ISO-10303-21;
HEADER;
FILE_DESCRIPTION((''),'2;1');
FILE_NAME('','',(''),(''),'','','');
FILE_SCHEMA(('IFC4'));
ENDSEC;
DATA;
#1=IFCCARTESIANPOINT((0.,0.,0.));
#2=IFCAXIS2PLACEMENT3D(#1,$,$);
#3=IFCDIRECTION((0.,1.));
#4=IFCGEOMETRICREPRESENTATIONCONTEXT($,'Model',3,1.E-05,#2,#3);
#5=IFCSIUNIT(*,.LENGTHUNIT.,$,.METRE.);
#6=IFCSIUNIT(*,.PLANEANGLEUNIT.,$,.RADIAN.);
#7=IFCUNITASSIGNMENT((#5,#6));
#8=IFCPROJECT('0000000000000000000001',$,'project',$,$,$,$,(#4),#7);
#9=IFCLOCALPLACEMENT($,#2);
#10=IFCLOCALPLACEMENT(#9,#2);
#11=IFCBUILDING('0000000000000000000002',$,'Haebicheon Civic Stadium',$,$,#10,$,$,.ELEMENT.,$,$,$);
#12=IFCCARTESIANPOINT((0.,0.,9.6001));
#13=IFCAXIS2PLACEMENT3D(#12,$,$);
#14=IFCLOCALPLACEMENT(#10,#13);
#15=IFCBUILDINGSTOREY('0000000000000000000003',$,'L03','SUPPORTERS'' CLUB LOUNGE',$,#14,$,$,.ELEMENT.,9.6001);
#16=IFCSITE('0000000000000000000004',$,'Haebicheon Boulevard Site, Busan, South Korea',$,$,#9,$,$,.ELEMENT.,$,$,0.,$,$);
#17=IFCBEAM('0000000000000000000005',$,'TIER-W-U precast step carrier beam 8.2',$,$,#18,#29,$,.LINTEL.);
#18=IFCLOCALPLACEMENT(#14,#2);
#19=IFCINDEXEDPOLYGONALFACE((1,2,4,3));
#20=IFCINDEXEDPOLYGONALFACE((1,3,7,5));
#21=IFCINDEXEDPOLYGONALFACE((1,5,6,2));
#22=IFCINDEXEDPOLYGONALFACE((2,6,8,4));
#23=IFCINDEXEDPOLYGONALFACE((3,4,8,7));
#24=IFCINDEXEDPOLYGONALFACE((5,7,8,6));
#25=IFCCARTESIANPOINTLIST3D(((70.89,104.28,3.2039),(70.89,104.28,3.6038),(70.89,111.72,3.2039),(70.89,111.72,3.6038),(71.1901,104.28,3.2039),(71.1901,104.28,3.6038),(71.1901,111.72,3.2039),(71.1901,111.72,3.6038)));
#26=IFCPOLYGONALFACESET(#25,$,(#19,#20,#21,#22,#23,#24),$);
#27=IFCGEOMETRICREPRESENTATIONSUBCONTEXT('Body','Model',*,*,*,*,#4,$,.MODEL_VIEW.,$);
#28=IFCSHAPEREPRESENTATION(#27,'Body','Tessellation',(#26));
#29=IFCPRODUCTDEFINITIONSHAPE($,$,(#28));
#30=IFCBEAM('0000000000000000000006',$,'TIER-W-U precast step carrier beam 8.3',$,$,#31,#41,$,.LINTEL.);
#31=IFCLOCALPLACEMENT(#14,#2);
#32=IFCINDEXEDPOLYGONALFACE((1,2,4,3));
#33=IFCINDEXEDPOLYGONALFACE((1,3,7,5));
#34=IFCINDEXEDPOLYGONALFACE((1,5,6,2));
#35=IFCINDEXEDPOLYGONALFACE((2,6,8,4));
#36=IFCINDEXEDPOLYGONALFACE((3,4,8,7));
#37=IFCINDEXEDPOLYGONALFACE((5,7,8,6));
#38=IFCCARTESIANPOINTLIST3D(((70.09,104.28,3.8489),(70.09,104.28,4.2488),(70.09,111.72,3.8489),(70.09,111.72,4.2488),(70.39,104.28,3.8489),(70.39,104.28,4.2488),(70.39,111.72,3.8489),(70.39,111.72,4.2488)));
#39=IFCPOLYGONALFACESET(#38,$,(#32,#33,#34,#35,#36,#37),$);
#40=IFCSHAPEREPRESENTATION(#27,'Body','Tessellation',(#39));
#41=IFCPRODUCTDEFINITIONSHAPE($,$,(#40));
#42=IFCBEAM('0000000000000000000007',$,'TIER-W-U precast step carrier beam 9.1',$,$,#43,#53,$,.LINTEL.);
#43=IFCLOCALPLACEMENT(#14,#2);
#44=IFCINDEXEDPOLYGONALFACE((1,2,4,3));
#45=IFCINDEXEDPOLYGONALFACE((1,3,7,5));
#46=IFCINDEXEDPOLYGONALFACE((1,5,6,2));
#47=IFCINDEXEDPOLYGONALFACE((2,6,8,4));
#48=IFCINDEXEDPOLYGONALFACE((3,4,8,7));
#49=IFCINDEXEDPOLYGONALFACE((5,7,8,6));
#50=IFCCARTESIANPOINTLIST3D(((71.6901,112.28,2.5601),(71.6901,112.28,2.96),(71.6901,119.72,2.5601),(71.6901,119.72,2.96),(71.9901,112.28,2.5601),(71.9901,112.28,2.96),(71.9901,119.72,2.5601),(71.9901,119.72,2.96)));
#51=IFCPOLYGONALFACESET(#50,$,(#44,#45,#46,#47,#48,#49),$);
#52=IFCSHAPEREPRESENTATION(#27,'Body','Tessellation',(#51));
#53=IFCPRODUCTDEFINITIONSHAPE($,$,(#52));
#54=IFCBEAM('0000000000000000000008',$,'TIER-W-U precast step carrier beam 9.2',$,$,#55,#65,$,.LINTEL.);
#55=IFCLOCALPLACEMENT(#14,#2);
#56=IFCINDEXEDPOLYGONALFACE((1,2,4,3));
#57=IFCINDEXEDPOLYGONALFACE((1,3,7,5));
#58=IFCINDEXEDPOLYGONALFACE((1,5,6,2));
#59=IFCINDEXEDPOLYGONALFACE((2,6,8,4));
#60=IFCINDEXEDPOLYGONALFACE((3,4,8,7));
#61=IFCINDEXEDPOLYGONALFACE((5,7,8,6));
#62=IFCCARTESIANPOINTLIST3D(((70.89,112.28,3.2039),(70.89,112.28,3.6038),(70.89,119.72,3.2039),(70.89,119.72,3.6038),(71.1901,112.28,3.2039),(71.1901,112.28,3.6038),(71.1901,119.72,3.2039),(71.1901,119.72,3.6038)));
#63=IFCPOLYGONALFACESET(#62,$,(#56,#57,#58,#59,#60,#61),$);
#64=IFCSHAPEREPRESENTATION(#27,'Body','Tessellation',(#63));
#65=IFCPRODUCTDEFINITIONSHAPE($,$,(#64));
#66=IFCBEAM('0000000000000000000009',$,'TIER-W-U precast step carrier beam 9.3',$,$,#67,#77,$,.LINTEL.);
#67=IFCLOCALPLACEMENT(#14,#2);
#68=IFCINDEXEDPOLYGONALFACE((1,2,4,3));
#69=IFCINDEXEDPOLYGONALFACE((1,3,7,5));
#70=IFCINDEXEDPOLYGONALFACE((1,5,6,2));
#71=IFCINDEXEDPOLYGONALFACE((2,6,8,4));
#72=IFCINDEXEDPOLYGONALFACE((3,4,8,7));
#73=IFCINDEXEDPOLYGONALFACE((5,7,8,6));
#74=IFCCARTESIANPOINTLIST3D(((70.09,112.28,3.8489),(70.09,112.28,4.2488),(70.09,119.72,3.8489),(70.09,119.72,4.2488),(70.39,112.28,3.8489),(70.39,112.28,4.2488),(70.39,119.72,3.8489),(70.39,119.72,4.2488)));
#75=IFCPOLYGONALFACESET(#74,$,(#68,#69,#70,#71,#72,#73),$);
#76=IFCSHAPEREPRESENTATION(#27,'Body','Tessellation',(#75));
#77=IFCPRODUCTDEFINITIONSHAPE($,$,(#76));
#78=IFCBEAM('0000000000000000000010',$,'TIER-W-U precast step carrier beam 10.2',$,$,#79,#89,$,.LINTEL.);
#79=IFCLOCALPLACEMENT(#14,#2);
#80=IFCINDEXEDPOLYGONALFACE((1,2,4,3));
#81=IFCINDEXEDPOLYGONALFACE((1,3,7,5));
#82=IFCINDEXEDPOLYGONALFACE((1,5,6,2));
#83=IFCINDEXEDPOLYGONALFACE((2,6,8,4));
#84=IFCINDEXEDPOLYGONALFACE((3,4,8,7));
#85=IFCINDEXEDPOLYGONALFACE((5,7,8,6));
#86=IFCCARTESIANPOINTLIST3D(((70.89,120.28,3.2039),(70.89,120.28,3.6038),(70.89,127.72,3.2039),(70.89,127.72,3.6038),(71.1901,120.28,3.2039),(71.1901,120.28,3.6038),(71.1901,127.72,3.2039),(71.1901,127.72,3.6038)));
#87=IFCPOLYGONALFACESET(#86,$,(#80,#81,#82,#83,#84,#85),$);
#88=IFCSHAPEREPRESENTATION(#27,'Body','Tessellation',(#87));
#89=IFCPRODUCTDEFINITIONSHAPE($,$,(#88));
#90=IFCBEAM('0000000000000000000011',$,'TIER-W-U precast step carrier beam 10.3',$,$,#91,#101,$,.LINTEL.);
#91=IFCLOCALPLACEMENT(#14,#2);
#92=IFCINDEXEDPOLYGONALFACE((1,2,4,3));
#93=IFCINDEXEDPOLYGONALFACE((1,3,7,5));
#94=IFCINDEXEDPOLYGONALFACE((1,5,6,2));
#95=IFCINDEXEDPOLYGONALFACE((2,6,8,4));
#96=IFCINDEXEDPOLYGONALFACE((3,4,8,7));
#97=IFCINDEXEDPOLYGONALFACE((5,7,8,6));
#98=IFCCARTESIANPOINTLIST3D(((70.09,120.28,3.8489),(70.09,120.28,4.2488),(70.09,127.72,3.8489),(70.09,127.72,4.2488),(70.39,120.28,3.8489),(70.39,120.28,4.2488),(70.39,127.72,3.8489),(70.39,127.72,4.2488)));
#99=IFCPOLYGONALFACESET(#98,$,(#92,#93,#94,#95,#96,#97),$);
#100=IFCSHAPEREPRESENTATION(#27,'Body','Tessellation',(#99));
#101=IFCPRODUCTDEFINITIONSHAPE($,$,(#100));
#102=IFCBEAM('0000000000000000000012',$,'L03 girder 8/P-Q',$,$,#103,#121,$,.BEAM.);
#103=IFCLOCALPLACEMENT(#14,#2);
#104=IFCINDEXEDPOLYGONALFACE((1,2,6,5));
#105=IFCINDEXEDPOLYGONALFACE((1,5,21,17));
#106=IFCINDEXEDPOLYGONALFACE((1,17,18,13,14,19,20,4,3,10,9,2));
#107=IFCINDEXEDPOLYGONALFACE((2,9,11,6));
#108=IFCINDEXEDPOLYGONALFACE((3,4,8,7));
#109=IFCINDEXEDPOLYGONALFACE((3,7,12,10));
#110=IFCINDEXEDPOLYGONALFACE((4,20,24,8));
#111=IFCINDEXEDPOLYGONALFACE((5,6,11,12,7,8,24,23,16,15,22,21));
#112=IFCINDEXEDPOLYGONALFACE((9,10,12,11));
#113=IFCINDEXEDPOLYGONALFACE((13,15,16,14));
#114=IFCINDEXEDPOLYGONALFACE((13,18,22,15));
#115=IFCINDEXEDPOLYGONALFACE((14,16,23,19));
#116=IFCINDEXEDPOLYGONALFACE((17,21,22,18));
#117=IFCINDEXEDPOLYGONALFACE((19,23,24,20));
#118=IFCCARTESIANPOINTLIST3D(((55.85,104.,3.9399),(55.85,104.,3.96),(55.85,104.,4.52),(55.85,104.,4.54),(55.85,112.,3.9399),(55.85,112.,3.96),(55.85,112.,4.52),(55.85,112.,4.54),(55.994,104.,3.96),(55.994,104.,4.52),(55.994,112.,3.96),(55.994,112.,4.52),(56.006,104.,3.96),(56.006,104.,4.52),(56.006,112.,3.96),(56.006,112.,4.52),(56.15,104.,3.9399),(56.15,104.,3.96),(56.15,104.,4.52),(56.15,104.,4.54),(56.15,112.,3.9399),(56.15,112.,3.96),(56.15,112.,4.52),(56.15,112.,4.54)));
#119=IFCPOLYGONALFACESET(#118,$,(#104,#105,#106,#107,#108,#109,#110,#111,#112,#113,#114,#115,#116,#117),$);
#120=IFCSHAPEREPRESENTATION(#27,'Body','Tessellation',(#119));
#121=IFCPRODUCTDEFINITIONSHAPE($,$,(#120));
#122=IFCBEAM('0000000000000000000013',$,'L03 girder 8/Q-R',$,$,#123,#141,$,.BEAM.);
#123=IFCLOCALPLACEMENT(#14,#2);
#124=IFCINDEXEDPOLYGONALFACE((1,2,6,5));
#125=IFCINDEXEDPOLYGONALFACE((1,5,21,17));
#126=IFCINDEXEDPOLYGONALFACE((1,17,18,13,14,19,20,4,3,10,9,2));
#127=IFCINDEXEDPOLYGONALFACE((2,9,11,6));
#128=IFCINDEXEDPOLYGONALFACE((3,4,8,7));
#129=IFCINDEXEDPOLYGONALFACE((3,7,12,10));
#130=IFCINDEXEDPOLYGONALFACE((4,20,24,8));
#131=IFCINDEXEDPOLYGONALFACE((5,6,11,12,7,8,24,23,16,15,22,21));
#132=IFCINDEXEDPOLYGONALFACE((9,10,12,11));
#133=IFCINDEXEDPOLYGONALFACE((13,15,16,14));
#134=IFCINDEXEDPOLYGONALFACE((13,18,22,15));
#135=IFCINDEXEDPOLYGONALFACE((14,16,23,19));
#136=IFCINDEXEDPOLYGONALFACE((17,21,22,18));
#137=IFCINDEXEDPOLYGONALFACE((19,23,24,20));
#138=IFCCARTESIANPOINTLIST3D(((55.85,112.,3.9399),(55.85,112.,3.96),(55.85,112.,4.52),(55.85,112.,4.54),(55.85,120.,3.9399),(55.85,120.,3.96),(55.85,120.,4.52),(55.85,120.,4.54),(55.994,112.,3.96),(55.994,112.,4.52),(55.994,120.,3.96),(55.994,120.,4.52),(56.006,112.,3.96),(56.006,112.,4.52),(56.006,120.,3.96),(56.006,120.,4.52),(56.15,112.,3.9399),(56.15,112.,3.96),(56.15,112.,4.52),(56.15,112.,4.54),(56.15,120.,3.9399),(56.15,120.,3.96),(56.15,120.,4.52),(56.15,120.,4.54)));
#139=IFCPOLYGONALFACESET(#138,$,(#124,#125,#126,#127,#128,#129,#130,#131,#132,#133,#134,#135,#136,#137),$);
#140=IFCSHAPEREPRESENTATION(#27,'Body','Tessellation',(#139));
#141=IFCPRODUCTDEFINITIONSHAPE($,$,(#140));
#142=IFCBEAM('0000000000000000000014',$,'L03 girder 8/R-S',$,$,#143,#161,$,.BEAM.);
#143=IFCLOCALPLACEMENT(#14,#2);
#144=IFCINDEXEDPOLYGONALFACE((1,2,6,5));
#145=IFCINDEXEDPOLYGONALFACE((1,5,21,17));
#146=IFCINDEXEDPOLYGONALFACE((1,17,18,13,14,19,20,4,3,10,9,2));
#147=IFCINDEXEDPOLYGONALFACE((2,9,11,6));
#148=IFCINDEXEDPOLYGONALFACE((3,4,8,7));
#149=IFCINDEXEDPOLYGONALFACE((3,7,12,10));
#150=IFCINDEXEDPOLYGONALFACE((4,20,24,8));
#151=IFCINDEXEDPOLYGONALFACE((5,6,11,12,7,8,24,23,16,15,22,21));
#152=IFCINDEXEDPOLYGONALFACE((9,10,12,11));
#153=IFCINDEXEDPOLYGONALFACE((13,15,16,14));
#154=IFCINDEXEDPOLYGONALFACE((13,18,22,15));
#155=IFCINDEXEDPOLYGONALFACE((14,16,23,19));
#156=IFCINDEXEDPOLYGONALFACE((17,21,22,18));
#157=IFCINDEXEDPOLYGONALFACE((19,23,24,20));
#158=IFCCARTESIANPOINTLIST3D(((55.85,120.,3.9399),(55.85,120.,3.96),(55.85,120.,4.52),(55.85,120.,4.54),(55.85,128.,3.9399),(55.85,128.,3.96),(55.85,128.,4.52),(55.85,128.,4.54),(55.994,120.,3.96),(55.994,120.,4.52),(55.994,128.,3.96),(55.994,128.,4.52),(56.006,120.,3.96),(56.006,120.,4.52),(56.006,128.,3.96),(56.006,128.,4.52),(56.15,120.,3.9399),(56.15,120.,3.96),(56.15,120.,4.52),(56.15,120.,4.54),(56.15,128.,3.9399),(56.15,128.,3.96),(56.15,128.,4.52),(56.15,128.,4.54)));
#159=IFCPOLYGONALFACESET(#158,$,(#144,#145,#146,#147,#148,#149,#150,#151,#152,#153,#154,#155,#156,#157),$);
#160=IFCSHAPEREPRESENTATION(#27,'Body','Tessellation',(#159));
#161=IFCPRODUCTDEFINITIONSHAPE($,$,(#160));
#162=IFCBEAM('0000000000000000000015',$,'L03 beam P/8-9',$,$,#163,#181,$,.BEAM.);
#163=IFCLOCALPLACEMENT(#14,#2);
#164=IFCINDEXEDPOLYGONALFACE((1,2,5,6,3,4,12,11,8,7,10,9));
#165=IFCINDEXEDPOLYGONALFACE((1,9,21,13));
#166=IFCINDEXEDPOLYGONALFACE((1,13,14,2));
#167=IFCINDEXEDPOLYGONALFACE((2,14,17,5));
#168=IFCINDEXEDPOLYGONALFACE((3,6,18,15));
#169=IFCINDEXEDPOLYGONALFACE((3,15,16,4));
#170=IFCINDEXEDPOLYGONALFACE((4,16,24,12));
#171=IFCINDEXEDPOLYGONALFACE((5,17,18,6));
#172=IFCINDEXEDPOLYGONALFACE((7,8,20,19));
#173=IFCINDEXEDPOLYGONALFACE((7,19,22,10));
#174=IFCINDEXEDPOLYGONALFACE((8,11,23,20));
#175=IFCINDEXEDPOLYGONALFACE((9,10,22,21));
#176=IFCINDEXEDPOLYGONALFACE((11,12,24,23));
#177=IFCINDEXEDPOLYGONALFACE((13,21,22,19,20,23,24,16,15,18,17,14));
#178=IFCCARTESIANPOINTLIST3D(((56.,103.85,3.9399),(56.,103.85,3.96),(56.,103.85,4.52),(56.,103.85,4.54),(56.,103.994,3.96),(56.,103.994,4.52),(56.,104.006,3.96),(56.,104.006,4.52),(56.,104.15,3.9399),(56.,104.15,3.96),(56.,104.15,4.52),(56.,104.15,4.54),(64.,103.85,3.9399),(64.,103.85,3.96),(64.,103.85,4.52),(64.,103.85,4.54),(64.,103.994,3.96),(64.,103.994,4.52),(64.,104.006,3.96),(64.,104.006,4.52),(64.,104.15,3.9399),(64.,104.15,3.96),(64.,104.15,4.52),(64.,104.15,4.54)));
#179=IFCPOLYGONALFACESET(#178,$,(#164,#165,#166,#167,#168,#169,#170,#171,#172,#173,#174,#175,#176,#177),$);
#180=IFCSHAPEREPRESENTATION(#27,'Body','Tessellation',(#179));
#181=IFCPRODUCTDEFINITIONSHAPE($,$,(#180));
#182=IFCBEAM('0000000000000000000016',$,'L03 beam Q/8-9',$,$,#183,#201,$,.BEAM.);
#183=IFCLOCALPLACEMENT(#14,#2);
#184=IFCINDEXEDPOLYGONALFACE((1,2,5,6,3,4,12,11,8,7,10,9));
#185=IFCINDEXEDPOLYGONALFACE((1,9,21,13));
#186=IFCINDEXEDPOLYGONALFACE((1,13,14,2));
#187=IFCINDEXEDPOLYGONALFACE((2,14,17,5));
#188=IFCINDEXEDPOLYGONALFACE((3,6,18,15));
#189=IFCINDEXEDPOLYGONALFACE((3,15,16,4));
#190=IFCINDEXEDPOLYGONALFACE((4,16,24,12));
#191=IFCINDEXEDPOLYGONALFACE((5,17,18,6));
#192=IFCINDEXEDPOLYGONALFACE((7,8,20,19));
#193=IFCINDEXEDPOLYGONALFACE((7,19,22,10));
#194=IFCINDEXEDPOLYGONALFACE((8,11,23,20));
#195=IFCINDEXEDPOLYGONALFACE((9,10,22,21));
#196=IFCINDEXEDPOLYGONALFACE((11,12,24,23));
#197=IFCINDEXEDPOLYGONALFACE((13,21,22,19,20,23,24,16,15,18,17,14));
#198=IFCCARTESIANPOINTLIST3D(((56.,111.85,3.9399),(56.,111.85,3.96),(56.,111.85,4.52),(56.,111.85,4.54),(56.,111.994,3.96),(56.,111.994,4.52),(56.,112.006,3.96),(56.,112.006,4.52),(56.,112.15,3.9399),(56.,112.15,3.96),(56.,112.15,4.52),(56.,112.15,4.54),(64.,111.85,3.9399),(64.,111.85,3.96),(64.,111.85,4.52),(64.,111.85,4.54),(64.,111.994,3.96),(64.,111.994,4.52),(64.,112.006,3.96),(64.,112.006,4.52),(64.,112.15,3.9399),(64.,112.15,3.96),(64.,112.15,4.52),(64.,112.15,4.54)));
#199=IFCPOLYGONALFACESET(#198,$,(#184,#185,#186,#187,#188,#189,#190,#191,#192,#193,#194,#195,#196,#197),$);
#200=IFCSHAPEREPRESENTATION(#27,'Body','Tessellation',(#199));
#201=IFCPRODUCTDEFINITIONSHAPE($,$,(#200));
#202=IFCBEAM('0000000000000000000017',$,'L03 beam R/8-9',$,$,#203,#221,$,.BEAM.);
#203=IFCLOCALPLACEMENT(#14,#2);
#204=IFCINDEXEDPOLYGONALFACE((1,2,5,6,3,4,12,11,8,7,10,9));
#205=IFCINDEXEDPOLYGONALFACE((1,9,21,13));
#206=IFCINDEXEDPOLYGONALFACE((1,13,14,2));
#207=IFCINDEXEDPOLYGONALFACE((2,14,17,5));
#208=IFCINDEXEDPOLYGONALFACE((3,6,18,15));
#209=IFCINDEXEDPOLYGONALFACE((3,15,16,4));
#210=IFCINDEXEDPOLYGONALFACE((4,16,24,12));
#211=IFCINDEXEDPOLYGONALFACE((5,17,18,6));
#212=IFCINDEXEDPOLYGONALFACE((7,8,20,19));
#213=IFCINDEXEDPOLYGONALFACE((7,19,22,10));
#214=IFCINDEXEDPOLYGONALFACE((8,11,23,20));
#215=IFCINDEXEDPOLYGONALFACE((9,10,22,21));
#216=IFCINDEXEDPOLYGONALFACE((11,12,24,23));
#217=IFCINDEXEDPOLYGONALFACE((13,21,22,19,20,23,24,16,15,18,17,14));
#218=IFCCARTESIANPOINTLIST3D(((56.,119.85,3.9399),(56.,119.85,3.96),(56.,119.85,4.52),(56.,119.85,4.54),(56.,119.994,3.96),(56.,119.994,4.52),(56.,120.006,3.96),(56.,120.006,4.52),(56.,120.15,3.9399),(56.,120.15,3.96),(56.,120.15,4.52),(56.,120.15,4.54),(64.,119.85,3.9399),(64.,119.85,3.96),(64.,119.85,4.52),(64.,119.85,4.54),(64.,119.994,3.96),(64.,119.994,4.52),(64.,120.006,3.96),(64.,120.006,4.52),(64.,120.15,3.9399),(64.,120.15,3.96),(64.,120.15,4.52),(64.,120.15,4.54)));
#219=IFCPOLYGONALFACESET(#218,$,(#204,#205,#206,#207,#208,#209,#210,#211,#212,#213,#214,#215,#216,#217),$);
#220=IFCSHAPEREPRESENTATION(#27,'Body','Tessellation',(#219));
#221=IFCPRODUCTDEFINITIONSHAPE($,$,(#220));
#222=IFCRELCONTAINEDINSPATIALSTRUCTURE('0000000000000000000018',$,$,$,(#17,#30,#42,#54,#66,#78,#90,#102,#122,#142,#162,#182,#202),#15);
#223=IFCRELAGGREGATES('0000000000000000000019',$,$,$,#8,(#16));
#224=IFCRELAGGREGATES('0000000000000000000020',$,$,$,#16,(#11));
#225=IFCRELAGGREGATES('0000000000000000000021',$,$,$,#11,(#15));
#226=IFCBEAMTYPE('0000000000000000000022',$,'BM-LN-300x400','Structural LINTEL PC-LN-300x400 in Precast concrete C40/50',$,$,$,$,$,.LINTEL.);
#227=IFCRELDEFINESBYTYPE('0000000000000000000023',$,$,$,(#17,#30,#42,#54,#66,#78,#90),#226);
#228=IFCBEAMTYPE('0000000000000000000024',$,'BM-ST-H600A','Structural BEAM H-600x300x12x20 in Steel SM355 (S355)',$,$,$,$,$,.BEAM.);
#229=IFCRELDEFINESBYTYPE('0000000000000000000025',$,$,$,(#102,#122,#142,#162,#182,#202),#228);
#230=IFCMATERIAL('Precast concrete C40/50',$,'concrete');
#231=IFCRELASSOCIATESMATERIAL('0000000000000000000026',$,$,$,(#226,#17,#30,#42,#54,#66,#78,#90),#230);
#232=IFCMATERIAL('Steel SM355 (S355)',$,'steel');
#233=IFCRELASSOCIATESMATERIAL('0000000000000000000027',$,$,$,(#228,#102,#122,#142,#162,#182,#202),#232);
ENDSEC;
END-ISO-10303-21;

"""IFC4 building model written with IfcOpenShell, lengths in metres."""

from ifc_helpers import new_model, si_unit, direction, frame, origin, origin_2d, place, context, subcontext, project, spatial, rectangle, i_section, extrude, material, material_profile, profile_set, type_object, element, save


model = new_model("IFC4")

# Units and contexts
model_context = context("Model", 3, precision=1e-05, world=origin(), true_north=direction((0.0, 1.0)))
body_context = subcontext(model_context, "Body", "Model", "MODEL_VIEW")
ifc_project = project(units=[si_unit("LENGTHUNIT", "METRE"), si_unit("PLANEANGLEUNIT", "RADIAN")], contexts=[model_context])

# Site, building, storey
site_placement = place(None, origin())
site = spatial("IfcSite", under=ifc_project, at=site_placement, Name="Haebicheon Boulevard Site, Busan, South Korea", CompositionType="ELEMENT", RefElevation=0.0)
building_placement = place(site_placement, origin())
building = spatial("IfcBuilding", under=site, at=building_placement, Name="Haebicheon Civic Stadium", CompositionType="ELEMENT")
storey_placement = place(building_placement, frame((0.0, 0.0, 9.6001)))
storey = spatial("IfcBuildingStorey", under=building, at=storey_placement, Name="L03", Description="SUPPORTERS' CLUB LOUNGE", CompositionType="ELEMENT", Elevation=9.6001)

# Beams
ifc_material_1 = material(Name="Precast concrete C40/50", Category="concrete")
ifc_material_profile_1 = material_profile(ifc_material_1, rectangle(XDim=0.3, YDim=0.3999, at=origin_2d()), Name="PC-LN-300x400")
ifc_profile_set_1 = profile_set([ifc_material_profile_1], Name="Precast concrete C40/50")
beam_type_1 = type_object("IfcBeamType", Name="BM-LN-300x400", Description="Structural LINTEL PC-LN-300x400 in Precast concrete C40/50", PredefinedType="LINTEL", material=ifc_profile_set_1)
for number, where, z_axis, x_axis, name in (
    (1, (71.04, 104.28, 3.4038), (0.0, 1.0, 0.0), (-1.0, 0.0, 0.0), "TIER-W-U precast step carrier beam 8.2"),
    (2, (70.24, 104.28, 4.0488), (0.0, 1.0, 0.0), (-1.0, 0.0, 0.0), "TIER-W-U precast step carrier beam 8.3"),
    (3, (71.8401, 112.28, 2.76), (0.0, 1.0, 0.0), (-1.0, 0.0, 0.0), "TIER-W-U precast step carrier beam 9.1"),
    (4, (71.04, 112.28, 3.4038), (0.0, 1.0, 0.0), (-1.0, 0.0, 0.0), "TIER-W-U precast step carrier beam 9.2"),
    (5, (70.24, 112.28, 4.0488), (0.0, 1.0, 0.0), (-1.0, 0.0, 0.0), "TIER-W-U precast step carrier beam 9.3"),
    (6, (71.04, 120.28, 3.4038), (0.0, 1.0, 0.0), (-1.0, 0.0, 0.0), "TIER-W-U precast step carrier beam 10.2"),
    (7, (70.24, 120.28, 4.0488), (0.0, 1.0, 0.0), (-1.0, 0.0, 0.0), "TIER-W-U precast step carrier beam 10.3"),
):
    element("IfcBeam", number, at=place(storey_placement, frame(where, z_axis=z_axis, x_axis=x_axis)), inside=storey, type_object=beam_type_1, material=ifc_profile_set_1, Name=name, PredefinedType="LINTEL", context=body_context, shape_type="SweptSolid", body=[
        extrude(rectangle(XDim=0.3, YDim=0.3999, at=origin_2d()), origin(), (0.0, 0.0, 1.0), 7.4399),
    ])
ifc_material_2 = material(Name="Steel SM355 (S355)", Category="steel")
ifc_material_profile_2 = material_profile(ifc_material_2, i_section(OverallWidth=0.3, OverallDepth=0.6001, WebThickness=0.012, FlangeThickness=0.02, at=origin_2d()), Name="H-600x300x12x20")
ifc_profile_set_2 = profile_set([ifc_material_profile_2], Name="Steel SM355 (S355)")
beam_type_2 = type_object("IfcBeamType", Name="BM-ST-H600A", Description="Structural BEAM H-600x300x12x20 in Steel SM355 (S355)", PredefinedType="BEAM", material=ifc_profile_set_2)
for number, where, z_axis, x_axis, name in (
    (8, (56.0, 104.0, 4.24), (0.0, 1.0, 0.0), (-1.0, 0.0, 0.0), "L03 girder 8/P-Q"),
    (9, (56.0, 112.0, 4.24), (0.0, 1.0, 0.0), (-1.0, 0.0, 0.0), "L03 girder 8/Q-R"),
    (10, (56.0, 120.0, 4.24), (0.0, 1.0, 0.0), (-1.0, 0.0, 0.0), "L03 girder 8/R-S"),
    (11, (56.0, 104.0, 4.24), (1.0, 0.0, 0.0), (0.0, 1.0, 0.0), "L03 beam P/8-9"),
    (12, (56.0, 112.0, 4.24), (1.0, 0.0, 0.0), (0.0, 1.0, 0.0), "L03 beam Q/8-9"),
    (13, (56.0, 120.0, 4.24), (1.0, 0.0, 0.0), (0.0, 1.0, 0.0), "L03 beam R/8-9"),
):
    element("IfcBeam", number, at=place(storey_placement, frame(where, z_axis=z_axis, x_axis=x_axis)), inside=storey, type_object=beam_type_2, material=ifc_profile_set_2, Name=name, PredefinedType="BEAM", context=body_context, shape_type="SweptSolid", body=[
        extrude(i_section(OverallWidth=0.3, OverallDepth=0.6001, WebThickness=0.012, FlangeThickness=0.02, at=origin_2d()), origin(), (0.0, 0.0, 1.0), 8.0),
    ])

save(model, "model.ifc")
